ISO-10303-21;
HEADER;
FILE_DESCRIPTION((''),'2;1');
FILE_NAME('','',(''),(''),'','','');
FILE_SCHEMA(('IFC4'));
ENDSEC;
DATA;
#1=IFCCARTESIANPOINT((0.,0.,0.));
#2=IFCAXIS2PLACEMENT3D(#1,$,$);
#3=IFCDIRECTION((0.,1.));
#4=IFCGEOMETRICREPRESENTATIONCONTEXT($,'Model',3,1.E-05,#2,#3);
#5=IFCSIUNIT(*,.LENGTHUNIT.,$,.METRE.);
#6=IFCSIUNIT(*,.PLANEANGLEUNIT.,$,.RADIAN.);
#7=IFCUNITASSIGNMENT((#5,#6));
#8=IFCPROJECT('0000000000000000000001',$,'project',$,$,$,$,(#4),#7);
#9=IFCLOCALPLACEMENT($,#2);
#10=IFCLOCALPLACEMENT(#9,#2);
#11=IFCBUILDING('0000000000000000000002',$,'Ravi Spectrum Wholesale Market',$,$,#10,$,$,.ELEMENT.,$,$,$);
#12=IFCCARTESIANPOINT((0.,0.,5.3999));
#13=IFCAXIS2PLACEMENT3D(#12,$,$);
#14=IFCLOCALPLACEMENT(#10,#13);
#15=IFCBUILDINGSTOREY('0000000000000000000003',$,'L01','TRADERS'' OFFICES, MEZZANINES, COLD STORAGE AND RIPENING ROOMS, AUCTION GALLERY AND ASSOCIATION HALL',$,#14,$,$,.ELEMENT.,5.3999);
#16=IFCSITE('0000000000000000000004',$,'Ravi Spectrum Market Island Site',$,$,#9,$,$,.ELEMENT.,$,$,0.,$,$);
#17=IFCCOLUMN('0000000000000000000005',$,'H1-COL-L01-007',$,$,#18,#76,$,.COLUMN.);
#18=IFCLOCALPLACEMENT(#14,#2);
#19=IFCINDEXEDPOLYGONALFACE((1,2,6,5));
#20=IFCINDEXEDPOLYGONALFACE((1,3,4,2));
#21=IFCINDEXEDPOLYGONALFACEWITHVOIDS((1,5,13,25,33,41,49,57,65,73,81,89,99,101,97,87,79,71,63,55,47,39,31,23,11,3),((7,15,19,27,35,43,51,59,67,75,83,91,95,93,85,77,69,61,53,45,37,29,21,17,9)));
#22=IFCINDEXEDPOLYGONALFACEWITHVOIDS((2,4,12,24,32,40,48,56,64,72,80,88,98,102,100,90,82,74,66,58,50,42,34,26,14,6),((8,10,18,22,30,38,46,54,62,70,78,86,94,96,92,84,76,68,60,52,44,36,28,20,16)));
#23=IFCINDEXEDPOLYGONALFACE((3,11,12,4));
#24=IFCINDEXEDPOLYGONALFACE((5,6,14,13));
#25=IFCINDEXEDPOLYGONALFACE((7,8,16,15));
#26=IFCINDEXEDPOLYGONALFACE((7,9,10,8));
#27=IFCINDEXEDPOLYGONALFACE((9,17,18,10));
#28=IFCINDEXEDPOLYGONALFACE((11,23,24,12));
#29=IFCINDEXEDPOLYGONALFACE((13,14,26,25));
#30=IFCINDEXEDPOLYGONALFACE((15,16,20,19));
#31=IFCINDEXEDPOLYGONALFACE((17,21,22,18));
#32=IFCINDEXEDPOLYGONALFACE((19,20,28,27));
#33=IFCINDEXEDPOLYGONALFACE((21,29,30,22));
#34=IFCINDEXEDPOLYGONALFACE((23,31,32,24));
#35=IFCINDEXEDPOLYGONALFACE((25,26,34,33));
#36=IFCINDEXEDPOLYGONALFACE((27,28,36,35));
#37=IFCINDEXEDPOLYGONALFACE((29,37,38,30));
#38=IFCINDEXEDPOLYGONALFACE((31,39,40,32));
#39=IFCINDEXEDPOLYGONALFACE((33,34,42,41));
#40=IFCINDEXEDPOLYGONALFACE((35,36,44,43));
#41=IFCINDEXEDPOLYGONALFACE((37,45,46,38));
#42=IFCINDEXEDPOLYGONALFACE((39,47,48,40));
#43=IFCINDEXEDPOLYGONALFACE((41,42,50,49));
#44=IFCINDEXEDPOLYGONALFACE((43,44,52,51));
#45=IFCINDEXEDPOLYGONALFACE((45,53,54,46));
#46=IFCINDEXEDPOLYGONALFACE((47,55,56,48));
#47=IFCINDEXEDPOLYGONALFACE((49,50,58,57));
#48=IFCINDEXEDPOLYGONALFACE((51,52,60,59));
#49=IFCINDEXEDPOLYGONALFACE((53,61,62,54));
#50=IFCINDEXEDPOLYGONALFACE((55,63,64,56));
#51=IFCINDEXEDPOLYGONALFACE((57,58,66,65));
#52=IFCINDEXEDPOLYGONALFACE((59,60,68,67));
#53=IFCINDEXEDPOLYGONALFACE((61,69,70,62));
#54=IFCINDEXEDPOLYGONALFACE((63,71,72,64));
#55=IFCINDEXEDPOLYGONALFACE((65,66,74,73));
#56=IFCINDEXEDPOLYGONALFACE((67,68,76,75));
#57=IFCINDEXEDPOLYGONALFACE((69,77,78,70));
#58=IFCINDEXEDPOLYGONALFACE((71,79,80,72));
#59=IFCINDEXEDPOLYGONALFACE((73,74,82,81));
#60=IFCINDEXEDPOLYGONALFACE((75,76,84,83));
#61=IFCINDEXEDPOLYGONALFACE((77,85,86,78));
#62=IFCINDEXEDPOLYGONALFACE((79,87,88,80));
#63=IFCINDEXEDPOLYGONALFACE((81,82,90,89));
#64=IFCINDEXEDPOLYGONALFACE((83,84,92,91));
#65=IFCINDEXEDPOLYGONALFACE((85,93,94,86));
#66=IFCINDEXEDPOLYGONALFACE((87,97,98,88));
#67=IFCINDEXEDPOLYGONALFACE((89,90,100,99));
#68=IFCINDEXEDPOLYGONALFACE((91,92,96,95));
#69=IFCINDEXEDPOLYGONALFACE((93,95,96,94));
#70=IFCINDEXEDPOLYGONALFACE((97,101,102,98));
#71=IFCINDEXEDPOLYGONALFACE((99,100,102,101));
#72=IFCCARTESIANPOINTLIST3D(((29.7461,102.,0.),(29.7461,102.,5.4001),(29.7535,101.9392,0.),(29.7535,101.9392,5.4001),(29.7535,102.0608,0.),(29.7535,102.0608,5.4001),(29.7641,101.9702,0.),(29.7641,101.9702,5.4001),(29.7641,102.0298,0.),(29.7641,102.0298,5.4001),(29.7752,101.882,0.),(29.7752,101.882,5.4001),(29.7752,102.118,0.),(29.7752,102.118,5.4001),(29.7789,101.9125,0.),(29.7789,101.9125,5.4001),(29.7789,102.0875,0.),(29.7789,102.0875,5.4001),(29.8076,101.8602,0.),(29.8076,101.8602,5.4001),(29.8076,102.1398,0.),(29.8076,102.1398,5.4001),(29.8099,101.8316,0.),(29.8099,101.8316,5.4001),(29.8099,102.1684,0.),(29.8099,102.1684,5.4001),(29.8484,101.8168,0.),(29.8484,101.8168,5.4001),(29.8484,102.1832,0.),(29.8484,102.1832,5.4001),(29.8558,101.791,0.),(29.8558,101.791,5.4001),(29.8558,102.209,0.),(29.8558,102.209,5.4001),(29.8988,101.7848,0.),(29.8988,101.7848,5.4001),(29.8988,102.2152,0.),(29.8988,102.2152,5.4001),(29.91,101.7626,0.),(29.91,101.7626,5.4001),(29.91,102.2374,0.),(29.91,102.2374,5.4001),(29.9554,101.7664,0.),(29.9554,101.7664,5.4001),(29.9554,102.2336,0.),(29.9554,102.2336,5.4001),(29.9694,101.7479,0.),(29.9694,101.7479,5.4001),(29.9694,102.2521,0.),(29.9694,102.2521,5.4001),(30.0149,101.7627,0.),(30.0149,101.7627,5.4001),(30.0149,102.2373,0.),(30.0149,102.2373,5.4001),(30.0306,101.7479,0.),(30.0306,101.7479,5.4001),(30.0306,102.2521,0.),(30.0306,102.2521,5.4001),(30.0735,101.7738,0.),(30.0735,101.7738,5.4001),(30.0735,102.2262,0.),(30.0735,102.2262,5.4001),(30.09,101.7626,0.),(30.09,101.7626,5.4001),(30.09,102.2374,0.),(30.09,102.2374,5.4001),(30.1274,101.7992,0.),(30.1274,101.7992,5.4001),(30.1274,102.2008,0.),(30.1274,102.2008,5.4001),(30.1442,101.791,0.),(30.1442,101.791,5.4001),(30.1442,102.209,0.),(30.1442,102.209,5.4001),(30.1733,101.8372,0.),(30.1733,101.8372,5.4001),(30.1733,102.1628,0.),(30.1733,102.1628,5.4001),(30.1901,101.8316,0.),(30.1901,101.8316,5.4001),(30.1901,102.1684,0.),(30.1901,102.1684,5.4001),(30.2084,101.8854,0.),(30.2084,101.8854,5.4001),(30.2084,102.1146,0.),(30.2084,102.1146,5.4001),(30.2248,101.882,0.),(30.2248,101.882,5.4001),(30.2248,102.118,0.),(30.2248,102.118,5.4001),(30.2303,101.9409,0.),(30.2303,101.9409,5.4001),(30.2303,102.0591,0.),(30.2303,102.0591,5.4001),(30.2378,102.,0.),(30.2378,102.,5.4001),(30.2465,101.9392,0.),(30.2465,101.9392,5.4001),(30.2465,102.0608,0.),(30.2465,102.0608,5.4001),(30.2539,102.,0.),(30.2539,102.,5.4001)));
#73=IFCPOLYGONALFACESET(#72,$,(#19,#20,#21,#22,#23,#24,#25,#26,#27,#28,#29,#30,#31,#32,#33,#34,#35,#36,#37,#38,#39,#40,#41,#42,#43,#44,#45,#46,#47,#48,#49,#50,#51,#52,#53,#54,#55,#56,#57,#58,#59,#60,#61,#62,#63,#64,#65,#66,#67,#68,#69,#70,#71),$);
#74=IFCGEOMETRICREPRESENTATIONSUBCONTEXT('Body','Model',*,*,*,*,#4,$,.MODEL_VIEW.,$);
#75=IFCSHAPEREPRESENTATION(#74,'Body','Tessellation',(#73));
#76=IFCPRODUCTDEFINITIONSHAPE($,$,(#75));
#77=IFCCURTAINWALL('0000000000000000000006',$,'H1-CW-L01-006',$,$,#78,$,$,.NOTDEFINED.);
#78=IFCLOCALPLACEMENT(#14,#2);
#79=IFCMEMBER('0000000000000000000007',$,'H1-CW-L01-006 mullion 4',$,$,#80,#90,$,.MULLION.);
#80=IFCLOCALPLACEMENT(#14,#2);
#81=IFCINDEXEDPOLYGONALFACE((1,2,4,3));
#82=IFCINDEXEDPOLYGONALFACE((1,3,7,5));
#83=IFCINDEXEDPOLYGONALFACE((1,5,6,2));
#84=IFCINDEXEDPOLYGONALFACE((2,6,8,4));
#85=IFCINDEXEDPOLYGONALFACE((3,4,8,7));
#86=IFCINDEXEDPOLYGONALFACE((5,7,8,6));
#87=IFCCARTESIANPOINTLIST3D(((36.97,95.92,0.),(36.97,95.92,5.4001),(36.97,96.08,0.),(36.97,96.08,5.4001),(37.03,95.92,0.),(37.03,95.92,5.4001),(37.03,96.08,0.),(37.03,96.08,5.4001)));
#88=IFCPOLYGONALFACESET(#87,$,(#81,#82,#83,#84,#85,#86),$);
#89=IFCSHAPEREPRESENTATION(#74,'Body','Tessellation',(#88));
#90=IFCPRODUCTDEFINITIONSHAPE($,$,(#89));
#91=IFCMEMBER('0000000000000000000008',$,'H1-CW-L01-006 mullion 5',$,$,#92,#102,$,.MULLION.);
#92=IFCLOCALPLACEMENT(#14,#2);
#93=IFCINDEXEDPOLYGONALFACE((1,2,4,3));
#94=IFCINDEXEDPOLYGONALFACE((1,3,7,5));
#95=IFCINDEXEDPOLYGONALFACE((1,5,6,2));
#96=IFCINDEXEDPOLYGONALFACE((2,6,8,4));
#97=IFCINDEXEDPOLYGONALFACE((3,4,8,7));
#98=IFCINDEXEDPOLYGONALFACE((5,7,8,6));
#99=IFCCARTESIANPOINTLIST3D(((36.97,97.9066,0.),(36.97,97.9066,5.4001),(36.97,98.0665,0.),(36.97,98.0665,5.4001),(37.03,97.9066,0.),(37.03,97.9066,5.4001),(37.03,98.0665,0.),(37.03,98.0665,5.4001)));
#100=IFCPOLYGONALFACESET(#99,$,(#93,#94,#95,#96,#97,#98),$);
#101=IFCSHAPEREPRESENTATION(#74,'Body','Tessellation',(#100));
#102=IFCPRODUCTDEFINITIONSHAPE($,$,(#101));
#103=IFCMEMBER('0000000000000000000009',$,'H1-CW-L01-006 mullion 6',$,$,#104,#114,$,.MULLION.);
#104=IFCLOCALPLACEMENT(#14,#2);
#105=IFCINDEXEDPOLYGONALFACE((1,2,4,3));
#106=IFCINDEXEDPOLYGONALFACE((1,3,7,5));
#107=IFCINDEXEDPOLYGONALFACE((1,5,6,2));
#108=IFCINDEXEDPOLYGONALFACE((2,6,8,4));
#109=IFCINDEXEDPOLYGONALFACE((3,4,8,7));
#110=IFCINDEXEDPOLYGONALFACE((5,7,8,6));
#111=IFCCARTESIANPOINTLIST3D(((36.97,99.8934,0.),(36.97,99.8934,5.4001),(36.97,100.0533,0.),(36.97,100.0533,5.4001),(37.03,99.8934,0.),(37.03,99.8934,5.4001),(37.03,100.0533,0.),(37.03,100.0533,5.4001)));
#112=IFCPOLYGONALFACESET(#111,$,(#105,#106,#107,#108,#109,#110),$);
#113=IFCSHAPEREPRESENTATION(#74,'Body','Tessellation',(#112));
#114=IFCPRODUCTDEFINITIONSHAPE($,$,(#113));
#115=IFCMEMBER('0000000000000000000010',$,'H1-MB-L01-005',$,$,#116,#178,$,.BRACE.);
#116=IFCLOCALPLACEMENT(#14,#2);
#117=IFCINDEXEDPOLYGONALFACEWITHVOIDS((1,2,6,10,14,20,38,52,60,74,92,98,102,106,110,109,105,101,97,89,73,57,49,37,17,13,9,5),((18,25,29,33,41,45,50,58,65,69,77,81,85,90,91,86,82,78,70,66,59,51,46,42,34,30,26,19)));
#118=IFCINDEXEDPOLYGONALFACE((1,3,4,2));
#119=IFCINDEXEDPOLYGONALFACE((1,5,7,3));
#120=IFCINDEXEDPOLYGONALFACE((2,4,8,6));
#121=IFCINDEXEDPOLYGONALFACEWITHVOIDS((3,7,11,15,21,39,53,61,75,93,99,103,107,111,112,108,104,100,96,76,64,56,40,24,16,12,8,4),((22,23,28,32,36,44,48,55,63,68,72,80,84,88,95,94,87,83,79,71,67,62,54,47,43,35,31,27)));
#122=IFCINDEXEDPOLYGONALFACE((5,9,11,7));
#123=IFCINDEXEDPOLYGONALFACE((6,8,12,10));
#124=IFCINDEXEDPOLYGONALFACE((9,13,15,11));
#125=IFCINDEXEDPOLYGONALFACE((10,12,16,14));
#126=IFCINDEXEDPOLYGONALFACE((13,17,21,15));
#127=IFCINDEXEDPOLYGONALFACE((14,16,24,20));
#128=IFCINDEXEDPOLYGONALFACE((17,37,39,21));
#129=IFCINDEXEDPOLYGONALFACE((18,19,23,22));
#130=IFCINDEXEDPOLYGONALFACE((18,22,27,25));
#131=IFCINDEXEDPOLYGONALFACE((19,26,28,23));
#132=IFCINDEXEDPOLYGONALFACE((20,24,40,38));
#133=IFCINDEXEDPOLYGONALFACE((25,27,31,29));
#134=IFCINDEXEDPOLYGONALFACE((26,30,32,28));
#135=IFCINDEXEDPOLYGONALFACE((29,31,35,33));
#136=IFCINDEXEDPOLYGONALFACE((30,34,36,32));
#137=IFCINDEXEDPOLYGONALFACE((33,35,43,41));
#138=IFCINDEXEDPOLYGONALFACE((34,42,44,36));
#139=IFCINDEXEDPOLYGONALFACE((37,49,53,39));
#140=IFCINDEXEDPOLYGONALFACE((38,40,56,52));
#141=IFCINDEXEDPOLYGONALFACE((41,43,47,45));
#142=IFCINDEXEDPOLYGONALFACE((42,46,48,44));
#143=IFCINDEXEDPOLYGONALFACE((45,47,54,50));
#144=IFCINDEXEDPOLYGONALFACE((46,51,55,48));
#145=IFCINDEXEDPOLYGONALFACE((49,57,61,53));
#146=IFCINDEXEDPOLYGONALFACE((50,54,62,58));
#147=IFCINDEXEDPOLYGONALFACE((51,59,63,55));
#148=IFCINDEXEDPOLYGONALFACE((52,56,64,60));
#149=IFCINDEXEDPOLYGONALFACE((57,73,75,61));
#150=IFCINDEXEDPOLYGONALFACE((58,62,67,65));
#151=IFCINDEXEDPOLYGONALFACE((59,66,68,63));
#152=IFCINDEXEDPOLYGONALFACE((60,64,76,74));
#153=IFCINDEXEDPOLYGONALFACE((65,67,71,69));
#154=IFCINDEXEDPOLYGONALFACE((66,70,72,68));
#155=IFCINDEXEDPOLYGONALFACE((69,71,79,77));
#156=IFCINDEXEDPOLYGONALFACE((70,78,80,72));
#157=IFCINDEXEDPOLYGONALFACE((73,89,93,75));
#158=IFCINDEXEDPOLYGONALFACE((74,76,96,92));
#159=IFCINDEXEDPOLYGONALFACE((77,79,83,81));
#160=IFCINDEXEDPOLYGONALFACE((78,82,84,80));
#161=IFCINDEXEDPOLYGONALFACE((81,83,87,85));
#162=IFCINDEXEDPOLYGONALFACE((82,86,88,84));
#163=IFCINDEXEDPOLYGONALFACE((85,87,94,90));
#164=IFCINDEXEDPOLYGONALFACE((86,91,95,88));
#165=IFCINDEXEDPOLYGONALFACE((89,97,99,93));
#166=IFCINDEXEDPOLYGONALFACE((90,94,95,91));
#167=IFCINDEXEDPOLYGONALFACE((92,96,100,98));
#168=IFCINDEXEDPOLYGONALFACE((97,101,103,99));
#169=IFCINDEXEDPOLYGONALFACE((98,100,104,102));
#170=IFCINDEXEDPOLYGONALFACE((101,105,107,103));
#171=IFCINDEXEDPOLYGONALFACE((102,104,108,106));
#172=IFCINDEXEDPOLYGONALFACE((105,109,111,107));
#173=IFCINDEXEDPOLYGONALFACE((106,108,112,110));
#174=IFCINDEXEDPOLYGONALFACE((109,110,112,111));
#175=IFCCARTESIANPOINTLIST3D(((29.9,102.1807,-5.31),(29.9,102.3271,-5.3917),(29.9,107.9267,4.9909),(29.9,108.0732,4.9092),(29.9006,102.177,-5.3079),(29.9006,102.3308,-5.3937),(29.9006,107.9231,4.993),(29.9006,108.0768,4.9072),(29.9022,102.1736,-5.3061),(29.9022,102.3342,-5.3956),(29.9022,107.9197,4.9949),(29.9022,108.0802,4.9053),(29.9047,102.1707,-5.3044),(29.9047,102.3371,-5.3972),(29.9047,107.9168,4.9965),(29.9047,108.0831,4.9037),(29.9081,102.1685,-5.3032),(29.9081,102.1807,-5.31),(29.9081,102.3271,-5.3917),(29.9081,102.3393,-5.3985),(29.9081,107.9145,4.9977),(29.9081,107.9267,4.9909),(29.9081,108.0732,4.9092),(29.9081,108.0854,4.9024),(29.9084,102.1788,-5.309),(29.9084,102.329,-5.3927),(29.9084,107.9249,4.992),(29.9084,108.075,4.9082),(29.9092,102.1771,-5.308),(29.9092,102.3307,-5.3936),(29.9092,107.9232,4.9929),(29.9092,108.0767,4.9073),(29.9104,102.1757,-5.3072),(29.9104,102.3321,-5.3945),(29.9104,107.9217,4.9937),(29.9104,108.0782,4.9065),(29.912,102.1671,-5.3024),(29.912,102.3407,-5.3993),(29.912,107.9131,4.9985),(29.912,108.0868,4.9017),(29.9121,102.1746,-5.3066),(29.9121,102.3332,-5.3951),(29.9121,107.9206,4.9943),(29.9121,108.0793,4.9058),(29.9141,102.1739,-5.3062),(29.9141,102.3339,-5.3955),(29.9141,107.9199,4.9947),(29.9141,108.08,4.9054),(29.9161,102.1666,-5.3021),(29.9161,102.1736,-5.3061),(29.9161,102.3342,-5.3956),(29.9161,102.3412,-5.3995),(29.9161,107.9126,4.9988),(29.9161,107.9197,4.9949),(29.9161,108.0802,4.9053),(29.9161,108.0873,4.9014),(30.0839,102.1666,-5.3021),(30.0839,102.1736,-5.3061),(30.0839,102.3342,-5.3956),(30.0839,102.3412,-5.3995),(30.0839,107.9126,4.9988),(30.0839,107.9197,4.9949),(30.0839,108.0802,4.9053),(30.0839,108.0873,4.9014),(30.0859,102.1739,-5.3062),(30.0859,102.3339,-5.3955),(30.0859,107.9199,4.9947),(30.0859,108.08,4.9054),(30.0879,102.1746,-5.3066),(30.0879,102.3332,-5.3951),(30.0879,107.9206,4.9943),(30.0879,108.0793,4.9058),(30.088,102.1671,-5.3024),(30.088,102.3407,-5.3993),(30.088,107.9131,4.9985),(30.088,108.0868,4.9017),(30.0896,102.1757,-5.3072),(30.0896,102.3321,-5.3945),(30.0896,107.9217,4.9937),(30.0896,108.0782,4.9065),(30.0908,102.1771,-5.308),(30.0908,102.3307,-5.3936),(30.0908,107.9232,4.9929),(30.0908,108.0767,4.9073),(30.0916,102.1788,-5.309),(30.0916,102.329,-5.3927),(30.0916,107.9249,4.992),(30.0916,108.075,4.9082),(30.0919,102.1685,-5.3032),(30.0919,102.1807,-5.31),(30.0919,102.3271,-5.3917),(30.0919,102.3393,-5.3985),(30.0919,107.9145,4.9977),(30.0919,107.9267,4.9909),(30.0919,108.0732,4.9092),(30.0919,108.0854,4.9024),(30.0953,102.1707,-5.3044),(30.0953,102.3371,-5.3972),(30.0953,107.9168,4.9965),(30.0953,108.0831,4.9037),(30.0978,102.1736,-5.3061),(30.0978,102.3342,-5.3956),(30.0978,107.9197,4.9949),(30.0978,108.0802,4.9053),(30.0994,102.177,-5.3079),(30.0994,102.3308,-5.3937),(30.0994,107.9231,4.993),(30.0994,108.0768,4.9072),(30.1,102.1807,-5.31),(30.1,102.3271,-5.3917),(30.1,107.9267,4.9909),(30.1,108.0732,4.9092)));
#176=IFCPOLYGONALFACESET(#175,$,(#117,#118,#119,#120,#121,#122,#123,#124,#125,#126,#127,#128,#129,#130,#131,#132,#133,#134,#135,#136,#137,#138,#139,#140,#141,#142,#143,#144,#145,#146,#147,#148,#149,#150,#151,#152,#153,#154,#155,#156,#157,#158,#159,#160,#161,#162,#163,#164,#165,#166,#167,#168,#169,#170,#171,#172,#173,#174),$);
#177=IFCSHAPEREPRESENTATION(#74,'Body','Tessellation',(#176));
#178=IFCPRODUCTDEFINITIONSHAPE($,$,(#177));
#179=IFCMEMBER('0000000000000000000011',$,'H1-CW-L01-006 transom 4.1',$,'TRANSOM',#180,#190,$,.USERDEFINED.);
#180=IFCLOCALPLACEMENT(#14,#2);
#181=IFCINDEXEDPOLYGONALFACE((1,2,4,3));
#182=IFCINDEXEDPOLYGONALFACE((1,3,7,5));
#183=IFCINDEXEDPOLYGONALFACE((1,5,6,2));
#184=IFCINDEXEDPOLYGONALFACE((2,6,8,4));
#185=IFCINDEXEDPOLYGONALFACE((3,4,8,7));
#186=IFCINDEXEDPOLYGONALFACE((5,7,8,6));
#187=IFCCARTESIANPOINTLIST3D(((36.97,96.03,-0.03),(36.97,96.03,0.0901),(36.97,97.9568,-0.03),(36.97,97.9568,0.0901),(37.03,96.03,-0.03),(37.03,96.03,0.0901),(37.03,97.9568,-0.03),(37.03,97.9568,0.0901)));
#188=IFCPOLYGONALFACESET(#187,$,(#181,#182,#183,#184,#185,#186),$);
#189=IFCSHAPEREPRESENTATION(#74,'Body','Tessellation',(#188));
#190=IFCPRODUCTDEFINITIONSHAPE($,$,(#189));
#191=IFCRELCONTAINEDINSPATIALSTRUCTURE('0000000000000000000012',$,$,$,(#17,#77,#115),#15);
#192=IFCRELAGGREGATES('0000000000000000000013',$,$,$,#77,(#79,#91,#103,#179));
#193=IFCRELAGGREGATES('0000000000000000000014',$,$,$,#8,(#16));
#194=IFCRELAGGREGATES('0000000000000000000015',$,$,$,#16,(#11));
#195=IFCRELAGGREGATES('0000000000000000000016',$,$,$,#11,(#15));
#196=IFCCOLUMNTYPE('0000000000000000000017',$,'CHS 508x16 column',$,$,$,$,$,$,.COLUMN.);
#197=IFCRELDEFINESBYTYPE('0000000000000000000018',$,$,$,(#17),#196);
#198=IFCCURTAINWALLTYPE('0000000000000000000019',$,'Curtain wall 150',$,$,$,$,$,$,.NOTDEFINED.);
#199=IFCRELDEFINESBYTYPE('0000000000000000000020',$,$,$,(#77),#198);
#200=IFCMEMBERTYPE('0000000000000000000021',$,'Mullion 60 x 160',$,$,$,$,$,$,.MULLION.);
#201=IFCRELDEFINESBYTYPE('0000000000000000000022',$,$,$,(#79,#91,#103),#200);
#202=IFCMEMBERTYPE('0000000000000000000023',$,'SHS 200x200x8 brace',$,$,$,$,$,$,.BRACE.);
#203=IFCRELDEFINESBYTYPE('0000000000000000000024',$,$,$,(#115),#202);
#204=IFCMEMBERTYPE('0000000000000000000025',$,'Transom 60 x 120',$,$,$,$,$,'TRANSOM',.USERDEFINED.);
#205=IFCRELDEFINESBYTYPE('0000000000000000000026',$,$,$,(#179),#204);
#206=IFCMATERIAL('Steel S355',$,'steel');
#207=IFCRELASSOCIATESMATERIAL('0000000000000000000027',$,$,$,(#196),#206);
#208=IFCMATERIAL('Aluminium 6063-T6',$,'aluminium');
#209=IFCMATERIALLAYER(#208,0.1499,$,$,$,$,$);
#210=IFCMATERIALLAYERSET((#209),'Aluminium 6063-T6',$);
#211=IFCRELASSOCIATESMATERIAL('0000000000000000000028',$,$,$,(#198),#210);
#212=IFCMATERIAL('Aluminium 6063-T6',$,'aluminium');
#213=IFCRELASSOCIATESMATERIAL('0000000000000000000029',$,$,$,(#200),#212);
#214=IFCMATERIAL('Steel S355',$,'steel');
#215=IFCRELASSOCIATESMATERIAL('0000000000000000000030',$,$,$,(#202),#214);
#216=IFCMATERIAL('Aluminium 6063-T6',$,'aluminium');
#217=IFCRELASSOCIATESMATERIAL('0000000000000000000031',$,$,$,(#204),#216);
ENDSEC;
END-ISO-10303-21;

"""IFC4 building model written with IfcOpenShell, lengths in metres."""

from ifc_helpers import new_model, si_unit, direction, frame, origin, origin_2d, place, context, subcontext, project, spatial, rectangle, hollow_rectangle, hollow_circle, extrude, material, layer, layer_set, material_profile, profile_set, type_object, element, aggregate, save


model = new_model("IFC4")

# Units and contexts
model_context = context("Model", 3, precision=1e-05, world=origin(), true_north=direction((0.0, 1.0)))
body_context = subcontext(model_context, "Body", "Model", "MODEL_VIEW")
ifc_project = project(units=[si_unit("LENGTHUNIT", "METRE"), si_unit("PLANEANGLEUNIT", "RADIAN")], contexts=[model_context])

# Site, building, storey
site_placement = place(None, origin())
site = spatial("IfcSite", under=ifc_project, at=site_placement, Name="Ravi Spectrum Market Island Site", CompositionType="ELEMENT", RefElevation=0.0)
building_placement = place(site_placement, origin())
building = spatial("IfcBuilding", under=site, at=building_placement, Name="Ravi Spectrum Wholesale Market", CompositionType="ELEMENT")
storey_placement = place(building_placement, frame((0.0, 0.0, 5.3999)))
storey = spatial("IfcBuildingStorey", under=building, at=storey_placement, Name="L01", Description="TRADERS' OFFICES, MEZZANINES, COLD STORAGE AND RIPENING ROOMS, AUCTION GALLERY AND ASSOCIATION HALL", CompositionType="ELEMENT", Elevation=5.3999)

# Column
ifc_material_1 = material(Name="Steel S355", Category="steel")
ifc_material_profile_1 = material_profile(ifc_material_1, hollow_circle(Radius=0.2539, WallThickness=0.0161, at=origin_2d()))
ifc_profile_set_1 = profile_set([ifc_material_profile_1], Name="Steel S355")
column_type = type_object("IfcColumnType", Name="CHS 508x16 column", PredefinedType="COLUMN", material=ifc_profile_set_1)
column_placement = place(storey_placement, frame((30.0, 102.0, 0.0), z_axis=(0.0, 0.0, 1.0), x_axis=(1.0, 0.0, 0.0)))
element("IfcColumn", 1, at=column_placement, inside=storey, type_object=column_type, Name="H1-COL-L01-007", PredefinedType="COLUMN", context=body_context, shape_type="SweptSolid", body=[
    extrude(hollow_circle(Radius=0.2539, WallThickness=0.0161, at=origin_2d()), origin(), (0.0, 0.0, 1.0), 5.4001),
])

# Curtain wall, members
ifc_material_2 = material(Name="Aluminium 6063-T6", Category="aluminium")
ifc_layer_1 = layer(ifc_material_2, 0.1499)
ifc_layer_set_1 = layer_set([ifc_layer_1], Name="Aluminium 6063-T6")
curtain_wall_type = type_object("IfcCurtainWallType", Name="Curtain wall 150", PredefinedType="NOTDEFINED", material=ifc_layer_set_1)
curtain_wall_placement = place(storey_placement, origin())
curtain_wall = element("IfcCurtainWall", 2, at=curtain_wall_placement, inside=storey, type_object=curtain_wall_type, Name="H1-CW-L01-006", PredefinedType="NOTDEFINED")
ifc_material_3 = material(Name="Aluminium 6063-T6", Category="aluminium")
ifc_material_profile_2 = material_profile(ifc_material_3, rectangle(XDim=0.0601, YDim=0.1599, at=origin_2d()))
ifc_profile_set_2 = profile_set([ifc_material_profile_2], Name="Aluminium 6063-T6")
member_type_1 = type_object("IfcMemberType", Name="Mullion 60 x 160", PredefinedType="MULLION", material=ifc_profile_set_2)
member_1_placement = place(storey_placement, frame((37.0, 96.0, 0.0), z_axis=(0.0, 0.0, 1.0), x_axis=(-1.0, 0.0, 0.0)))
member_1 = element("IfcMember", 3, at=member_1_placement, type_object=member_type_1, Name="H1-CW-L01-006 mullion 4", PredefinedType="MULLION", context=body_context, shape_type="SweptSolid", body=[
    extrude(rectangle(XDim=0.0601, YDim=0.1599, at=origin_2d()), origin(), (0.0, 0.0, 1.0), 5.4001),
])
member_2_placement = place(storey_placement, frame((37.0, 97.9866, 0.0), z_axis=(0.0, 0.0, 1.0), x_axis=(-1.0, 0.0, 0.0)))
member_2 = element("IfcMember", 4, at=member_2_placement, type_object=member_type_1, Name="H1-CW-L01-006 mullion 5", PredefinedType="MULLION", context=body_context, shape_type="SweptSolid", body=[
    extrude(rectangle(XDim=0.0601, YDim=0.1599, at=origin_2d()), origin(), (0.0, 0.0, 1.0), 5.4001),
])
member_3_placement = place(storey_placement, frame((37.0, 99.9734, 0.0), z_axis=(0.0, 0.0, 1.0), x_axis=(-1.0, 0.0, 0.0)))
member_3 = element("IfcMember", 5, at=member_3_placement, type_object=member_type_1, Name="H1-CW-L01-006 mullion 6", PredefinedType="MULLION", context=body_context, shape_type="SweptSolid", body=[
    extrude(rectangle(XDim=0.0601, YDim=0.1599, at=origin_2d()), origin(), (0.0, 0.0, 1.0), 5.4001),
])

# Members
ifc_material_4 = material(Name="Steel S355", Category="steel")
ifc_material_profile_3 = material_profile(ifc_material_4, hollow_rectangle(XDim=0.2, YDim=0.2, WallThickness=0.0081, InnerFilletRadius=0.0081, OuterFilletRadius=0.0161, at=origin_2d()))
ifc_profile_set_3 = profile_set([ifc_material_profile_3], Name="Steel S355")
member_type_2 = type_object("IfcMemberType", Name="SHS 200x200x8 brace", PredefinedType="BRACE", material=ifc_profile_set_3)
member_4_placement = place(storey_placement, frame((30.0, 102.2539, -5.3508), z_axis=(0.0, 0.487152, 0.873317), x_axis=(-1.0, 0.0, 0.0)))
element("IfcMember", 6, at=member_4_placement, inside=storey, type_object=member_type_2, Name="H1-MB-L01-005", PredefinedType="BRACE", context=body_context, shape_type="SweptSolid", body=[
    extrude(hollow_rectangle(XDim=0.2, YDim=0.2, WallThickness=0.0081, InnerFilletRadius=0.0081, OuterFilletRadius=0.0161, at=origin_2d()), origin(), (0.0, 0.0, 1.0), 11.7952),
])
ifc_material_5 = material(Name="Aluminium 6063-T6", Category="aluminium")
ifc_material_profile_4 = material_profile(ifc_material_5, rectangle(XDim=0.0601, YDim=0.1201, at=origin_2d()))
ifc_profile_set_4 = profile_set([ifc_material_profile_4], Name="Aluminium 6063-T6")
member_type_3 = type_object("IfcMemberType", Name="Transom 60 x 120", ElementType="TRANSOM", PredefinedType="USERDEFINED", material=ifc_profile_set_4)
member_5_placement = place(storey_placement, frame((37.0, 96.03, 0.03), z_axis=(0.0, 1.0, 0.0), x_axis=(-1.0, 0.0, 0.0)))
member_5 = element("IfcMember", 7, at=member_5_placement, type_object=member_type_3, Name="H1-CW-L01-006 transom 4.1", ObjectType="TRANSOM", PredefinedType="USERDEFINED", context=body_context, shape_type="SweptSolid", body=[
    extrude(rectangle(XDim=0.0601, YDim=0.1201, at=origin_2d()), origin(), (0.0, 0.0, 1.0), 1.9268),
])
aggregate(curtain_wall, [member_1, member_2, member_3, member_5])

save(model, "model.ifc")
